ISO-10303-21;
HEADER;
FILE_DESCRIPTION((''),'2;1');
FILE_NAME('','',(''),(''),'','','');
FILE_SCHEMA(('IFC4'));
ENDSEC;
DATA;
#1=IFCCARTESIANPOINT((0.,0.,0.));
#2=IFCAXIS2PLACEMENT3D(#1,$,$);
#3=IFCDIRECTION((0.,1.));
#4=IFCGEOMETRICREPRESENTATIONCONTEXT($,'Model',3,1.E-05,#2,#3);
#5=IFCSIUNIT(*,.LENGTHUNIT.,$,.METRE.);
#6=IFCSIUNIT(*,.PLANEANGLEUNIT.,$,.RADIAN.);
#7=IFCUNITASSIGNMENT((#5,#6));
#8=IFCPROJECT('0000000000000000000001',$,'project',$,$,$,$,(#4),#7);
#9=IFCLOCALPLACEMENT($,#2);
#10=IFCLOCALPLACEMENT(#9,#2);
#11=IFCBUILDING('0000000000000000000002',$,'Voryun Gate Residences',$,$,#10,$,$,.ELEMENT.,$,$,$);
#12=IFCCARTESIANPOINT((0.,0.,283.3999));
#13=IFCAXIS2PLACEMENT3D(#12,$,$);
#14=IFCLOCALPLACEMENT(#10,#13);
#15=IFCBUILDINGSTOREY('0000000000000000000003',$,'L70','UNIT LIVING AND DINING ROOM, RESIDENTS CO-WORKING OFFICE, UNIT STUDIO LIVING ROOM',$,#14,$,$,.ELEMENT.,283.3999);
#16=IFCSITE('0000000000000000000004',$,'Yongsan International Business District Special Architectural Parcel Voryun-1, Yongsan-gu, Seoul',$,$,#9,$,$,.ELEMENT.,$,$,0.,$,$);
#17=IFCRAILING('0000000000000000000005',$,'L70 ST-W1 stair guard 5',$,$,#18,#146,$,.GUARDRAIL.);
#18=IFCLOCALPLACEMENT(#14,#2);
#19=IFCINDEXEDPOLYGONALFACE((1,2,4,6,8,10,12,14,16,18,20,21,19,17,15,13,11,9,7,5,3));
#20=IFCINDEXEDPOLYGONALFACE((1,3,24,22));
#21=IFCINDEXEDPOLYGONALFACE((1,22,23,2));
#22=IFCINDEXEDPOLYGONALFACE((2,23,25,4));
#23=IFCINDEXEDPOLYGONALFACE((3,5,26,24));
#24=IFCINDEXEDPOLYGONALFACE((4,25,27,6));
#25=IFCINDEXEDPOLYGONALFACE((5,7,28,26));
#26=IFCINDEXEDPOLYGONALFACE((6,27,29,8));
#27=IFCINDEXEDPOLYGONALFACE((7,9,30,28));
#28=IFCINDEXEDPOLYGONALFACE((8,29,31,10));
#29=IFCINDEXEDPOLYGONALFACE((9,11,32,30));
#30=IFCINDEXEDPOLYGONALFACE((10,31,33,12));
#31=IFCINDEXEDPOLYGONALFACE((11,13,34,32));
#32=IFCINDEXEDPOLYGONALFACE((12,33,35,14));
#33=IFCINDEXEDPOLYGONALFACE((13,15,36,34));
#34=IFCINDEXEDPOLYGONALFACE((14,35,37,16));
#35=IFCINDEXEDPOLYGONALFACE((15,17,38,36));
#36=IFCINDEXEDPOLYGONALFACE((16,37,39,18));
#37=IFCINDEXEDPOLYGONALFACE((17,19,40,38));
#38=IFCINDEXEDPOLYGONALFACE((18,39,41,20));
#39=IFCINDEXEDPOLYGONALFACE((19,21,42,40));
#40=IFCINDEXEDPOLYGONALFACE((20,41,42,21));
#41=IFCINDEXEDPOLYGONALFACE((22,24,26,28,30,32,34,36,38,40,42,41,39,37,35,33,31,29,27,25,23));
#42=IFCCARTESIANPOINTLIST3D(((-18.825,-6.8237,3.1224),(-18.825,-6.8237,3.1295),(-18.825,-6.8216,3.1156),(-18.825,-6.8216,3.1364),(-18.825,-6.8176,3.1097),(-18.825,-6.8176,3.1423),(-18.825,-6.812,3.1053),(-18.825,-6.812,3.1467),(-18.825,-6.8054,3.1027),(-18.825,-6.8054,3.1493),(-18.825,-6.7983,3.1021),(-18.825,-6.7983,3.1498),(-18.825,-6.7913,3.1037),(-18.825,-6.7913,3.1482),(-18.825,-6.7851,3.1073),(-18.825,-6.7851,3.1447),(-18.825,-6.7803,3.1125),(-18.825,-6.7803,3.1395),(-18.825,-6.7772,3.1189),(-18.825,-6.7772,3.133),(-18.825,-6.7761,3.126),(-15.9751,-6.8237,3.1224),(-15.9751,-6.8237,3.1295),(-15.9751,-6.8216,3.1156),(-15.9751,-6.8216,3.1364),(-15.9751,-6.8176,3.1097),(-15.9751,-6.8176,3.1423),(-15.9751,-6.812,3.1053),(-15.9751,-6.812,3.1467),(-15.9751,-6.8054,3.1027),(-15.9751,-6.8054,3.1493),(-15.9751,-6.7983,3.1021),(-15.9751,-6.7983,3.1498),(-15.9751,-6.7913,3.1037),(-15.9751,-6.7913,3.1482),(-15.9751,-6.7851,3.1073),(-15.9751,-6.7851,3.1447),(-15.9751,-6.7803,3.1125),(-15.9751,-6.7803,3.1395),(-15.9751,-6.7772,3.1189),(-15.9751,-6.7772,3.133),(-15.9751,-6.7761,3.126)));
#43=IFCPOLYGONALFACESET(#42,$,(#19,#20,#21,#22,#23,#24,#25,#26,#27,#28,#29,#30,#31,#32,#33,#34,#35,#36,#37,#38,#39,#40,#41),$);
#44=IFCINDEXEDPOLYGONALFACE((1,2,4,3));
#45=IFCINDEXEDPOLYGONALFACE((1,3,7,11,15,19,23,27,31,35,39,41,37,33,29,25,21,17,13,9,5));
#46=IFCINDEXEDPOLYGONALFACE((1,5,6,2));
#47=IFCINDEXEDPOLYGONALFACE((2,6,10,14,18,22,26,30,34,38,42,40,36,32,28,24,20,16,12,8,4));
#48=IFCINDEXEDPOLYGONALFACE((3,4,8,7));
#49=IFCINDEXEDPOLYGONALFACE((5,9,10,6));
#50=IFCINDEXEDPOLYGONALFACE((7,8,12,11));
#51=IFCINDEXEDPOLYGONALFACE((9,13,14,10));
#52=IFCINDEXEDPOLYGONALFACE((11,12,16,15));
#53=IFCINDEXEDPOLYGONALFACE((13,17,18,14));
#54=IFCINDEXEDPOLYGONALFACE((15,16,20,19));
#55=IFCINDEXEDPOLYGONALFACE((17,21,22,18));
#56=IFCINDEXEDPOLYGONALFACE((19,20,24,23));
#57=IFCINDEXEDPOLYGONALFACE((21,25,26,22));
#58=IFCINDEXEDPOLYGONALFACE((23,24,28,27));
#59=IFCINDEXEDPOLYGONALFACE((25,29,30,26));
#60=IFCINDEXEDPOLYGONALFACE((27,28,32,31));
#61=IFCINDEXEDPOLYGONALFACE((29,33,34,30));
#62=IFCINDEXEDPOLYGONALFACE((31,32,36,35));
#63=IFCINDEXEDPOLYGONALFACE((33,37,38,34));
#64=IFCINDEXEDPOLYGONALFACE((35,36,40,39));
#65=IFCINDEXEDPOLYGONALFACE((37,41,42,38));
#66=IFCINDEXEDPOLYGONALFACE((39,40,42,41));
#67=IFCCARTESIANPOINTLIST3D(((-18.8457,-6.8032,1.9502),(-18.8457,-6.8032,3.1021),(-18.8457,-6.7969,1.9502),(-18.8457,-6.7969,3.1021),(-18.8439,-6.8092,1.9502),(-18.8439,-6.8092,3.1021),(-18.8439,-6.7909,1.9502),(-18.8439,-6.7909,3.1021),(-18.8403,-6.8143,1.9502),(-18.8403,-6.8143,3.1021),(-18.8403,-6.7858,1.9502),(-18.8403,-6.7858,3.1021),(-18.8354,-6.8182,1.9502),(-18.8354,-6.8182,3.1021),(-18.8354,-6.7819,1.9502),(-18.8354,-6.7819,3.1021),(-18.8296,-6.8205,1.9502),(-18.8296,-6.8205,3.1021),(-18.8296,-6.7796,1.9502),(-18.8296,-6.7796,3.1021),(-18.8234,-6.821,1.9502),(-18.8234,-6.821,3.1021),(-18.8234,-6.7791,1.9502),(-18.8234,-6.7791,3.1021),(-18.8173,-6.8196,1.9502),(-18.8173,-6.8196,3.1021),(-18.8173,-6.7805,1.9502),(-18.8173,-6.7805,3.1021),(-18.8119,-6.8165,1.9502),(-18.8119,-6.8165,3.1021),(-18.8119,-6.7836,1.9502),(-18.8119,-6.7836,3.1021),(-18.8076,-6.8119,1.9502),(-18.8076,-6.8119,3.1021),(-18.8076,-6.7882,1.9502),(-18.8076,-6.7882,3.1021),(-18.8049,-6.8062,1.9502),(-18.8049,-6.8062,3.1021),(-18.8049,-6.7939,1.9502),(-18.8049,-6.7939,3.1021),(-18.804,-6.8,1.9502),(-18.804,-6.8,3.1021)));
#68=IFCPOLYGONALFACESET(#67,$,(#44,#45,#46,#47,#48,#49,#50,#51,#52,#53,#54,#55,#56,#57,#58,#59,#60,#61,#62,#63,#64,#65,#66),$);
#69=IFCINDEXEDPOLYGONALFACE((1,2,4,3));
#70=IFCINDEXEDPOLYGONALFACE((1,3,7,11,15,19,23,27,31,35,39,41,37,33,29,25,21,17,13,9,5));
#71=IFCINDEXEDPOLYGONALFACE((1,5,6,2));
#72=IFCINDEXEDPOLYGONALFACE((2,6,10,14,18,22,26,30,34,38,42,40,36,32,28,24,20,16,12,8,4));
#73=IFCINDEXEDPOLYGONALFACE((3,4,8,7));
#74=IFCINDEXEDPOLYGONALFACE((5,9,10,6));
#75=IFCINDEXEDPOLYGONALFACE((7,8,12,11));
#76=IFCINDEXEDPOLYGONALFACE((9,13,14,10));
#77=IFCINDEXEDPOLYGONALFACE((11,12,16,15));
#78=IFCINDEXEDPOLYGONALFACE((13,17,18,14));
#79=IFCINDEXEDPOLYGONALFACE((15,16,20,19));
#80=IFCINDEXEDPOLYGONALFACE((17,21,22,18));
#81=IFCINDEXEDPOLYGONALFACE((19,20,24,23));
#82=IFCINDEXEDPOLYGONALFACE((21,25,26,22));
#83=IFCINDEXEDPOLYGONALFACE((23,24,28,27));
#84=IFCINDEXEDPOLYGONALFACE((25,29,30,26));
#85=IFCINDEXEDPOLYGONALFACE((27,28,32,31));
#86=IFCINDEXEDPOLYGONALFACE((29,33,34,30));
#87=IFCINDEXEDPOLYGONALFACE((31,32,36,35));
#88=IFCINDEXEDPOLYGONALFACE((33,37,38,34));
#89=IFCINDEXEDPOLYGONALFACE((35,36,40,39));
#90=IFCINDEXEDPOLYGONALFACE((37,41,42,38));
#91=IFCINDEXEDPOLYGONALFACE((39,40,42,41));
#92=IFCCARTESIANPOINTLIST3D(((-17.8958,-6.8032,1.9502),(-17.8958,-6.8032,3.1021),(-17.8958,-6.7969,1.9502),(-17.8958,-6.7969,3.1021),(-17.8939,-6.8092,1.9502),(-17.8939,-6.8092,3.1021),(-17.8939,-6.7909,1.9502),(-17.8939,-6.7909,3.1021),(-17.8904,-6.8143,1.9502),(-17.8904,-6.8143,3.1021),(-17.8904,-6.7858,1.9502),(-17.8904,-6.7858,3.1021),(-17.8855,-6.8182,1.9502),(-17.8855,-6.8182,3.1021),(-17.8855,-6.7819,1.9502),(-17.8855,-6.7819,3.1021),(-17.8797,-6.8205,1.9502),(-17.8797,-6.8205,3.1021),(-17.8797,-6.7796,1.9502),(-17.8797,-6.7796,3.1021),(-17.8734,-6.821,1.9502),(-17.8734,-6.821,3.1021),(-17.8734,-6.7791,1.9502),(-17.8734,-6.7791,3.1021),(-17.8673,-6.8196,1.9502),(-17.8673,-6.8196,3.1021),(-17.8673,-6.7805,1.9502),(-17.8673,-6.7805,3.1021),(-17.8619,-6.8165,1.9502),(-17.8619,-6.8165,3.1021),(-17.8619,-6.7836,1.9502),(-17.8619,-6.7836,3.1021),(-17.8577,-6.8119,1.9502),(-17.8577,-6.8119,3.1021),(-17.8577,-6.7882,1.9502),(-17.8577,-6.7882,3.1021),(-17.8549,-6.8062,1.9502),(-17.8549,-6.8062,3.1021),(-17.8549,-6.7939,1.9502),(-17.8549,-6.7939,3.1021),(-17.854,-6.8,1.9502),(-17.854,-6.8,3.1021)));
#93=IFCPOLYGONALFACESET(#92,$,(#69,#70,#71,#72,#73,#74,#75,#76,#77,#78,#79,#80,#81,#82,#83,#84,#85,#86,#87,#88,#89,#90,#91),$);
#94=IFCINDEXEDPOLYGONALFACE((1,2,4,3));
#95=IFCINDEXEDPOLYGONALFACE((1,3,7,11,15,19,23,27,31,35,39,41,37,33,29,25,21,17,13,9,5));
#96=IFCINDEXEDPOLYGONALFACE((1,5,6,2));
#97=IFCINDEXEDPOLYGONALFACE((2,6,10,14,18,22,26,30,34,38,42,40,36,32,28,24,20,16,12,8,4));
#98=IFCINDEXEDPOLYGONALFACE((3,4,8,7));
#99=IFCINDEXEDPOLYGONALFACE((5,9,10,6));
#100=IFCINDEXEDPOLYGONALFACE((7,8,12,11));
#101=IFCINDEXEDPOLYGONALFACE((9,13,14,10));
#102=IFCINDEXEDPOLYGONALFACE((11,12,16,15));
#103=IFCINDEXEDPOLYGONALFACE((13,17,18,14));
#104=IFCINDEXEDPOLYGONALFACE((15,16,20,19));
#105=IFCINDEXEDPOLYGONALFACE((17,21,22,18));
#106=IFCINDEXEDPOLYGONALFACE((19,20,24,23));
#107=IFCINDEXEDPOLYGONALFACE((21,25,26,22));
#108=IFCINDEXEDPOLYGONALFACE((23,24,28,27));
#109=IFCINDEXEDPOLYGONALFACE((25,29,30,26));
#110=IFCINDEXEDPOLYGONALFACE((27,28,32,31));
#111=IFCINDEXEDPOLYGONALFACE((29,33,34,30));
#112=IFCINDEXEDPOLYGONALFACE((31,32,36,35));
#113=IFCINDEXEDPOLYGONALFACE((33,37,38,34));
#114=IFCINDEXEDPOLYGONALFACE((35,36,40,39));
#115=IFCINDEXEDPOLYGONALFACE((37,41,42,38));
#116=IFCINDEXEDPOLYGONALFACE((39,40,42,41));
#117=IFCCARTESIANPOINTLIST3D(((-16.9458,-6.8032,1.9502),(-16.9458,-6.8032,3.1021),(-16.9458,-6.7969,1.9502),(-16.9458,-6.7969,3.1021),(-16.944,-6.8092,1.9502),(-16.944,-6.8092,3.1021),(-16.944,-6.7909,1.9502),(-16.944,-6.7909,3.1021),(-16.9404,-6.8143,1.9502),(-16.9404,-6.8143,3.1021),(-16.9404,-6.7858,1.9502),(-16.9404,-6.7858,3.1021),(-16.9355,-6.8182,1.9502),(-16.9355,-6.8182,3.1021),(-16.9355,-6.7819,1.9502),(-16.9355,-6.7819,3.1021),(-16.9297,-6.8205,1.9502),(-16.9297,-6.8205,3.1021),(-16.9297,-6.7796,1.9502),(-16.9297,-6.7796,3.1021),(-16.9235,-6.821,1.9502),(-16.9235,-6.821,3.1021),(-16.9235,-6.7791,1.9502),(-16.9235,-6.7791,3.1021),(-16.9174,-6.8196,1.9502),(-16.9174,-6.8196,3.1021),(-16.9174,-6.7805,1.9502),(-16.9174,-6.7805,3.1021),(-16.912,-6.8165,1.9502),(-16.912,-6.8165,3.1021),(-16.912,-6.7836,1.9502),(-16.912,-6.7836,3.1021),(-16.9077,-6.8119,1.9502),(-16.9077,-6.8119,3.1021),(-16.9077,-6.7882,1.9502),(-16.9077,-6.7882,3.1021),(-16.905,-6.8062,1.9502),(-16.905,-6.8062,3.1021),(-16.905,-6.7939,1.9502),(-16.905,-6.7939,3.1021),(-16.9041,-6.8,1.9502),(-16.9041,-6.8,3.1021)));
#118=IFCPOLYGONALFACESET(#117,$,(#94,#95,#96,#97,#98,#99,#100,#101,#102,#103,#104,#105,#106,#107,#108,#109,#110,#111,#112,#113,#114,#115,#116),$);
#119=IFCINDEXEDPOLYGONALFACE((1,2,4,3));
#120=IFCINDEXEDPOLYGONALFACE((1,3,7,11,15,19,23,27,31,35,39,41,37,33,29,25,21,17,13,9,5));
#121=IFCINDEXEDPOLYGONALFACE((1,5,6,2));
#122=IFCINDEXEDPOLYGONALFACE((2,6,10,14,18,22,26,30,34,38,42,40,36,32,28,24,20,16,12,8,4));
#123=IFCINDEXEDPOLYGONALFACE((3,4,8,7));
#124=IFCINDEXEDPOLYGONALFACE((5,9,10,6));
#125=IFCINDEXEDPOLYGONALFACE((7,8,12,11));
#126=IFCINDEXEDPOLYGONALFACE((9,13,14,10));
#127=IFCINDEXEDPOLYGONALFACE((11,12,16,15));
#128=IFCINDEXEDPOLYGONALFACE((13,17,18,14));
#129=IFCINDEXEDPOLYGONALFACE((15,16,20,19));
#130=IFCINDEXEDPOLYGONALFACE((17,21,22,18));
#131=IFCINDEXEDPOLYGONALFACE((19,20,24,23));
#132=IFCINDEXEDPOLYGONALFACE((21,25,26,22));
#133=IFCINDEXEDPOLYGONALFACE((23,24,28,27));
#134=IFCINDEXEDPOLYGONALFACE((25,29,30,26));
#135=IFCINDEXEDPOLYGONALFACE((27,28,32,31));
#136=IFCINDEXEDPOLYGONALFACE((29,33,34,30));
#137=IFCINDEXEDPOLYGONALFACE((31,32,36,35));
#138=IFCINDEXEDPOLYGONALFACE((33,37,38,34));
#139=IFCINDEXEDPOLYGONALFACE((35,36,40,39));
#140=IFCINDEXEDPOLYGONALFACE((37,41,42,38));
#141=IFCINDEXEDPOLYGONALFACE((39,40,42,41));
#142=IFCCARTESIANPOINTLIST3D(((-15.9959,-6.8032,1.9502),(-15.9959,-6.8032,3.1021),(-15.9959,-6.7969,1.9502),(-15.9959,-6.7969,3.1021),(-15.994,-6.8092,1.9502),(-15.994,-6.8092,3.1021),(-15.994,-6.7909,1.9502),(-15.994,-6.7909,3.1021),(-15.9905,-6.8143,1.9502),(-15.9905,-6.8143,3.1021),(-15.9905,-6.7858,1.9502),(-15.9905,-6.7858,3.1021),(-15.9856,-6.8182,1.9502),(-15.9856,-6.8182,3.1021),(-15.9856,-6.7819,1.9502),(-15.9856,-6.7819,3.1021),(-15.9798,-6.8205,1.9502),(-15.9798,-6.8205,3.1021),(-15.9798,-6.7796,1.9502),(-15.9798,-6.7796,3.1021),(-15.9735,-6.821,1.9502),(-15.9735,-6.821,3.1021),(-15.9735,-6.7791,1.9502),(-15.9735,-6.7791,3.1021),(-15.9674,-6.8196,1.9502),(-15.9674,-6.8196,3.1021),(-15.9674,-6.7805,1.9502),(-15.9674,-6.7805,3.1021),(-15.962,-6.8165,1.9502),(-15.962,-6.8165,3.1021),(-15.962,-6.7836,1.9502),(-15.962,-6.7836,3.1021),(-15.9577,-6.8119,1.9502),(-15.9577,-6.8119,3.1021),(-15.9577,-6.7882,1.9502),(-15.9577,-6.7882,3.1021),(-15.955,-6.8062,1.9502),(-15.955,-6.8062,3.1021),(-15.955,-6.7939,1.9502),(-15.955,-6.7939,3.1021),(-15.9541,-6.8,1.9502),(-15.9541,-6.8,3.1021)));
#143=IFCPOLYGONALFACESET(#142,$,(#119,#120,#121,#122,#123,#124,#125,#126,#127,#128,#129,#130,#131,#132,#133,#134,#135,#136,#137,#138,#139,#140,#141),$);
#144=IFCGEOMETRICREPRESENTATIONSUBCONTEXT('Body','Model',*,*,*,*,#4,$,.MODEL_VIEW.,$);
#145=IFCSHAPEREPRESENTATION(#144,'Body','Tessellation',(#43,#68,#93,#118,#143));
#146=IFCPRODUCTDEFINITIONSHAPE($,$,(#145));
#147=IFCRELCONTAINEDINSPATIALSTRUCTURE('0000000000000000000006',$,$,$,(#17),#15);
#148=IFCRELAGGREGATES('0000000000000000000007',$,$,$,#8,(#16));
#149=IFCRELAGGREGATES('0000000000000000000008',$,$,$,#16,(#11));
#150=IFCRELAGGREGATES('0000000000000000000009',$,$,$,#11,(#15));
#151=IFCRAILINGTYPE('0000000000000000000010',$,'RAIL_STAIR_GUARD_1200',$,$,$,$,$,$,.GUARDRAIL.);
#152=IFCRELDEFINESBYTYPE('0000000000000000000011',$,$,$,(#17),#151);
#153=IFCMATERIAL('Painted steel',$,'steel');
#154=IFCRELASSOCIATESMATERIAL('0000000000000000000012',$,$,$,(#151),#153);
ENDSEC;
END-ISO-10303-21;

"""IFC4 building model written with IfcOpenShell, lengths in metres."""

from ifc_helpers import new_model, si_unit, direction, frame, origin, origin_2d, place, context, subcontext, project, spatial, circle, extrude, material, type_object, element, save


model = new_model("IFC4")

# Units and contexts
model_context = context("Model", 3, precision=1e-05, world=origin(), true_north=direction((0.0, 1.0)))
body_context = subcontext(model_context, "Body", "Model", "MODEL_VIEW")
ifc_project = project(units=[si_unit("LENGTHUNIT", "METRE"), si_unit("PLANEANGLEUNIT", "RADIAN")], contexts=[model_context])

# Site, building, storey
site_placement = place(None, origin())
site = spatial("IfcSite", under=ifc_project, at=site_placement, Name="Yongsan International Business District Special Architectural Parcel Voryun-1, Yongsan-gu, Seoul", CompositionType="ELEMENT", RefElevation=0.0)
building_placement = place(site_placement, origin())
building = spatial("IfcBuilding", under=site, at=building_placement, Name="Voryun Gate Residences", CompositionType="ELEMENT")
storey_placement = place(building_placement, frame((0.0, 0.0, 283.3999)))
storey = spatial("IfcBuildingStorey", under=building, at=storey_placement, Name="L70", Description="UNIT LIVING AND DINING ROOM, RESIDENTS CO-WORKING OFFICE, UNIT STUDIO LIVING ROOM", CompositionType="ELEMENT", Elevation=283.3999)

# Railing
ifc_material_1 = material(Name="Painted steel", Category="steel")
railing_type_1 = type_object("IfcRailingType", Name="RAIL_STAIR_GUARD_1200", PredefinedType="GUARDRAIL", material=ifc_material_1)
railing_1_placement = place(storey_placement, frame((-18.825, -6.8, 1.9502)))
element("IfcRailing", 1, at=railing_1_placement, inside=storey, type_object=railing_type_1, Name="L70 ST-W1 stair guard 5", PredefinedType="GUARDRAIL", context=body_context, shape_type="SweptSolid", body=[
    extrude(circle(Radius=0.0239, at=origin_2d()), frame((0.0, 0.0, 1.1758), z_axis=(1.0, 0.0, 0.0), x_axis=(0.0, 1.0, 0.0)), (0.0, 0.0, 1.0), 2.8499),
    extrude(circle(Radius=0.021, at=origin_2d()), origin(), (0.0, 0.0, 1.0), 1.1519),
    extrude(circle(Radius=0.021, at=origin_2d()), frame((0.95, 0.0, 0.0)), (0.0, 0.0, 1.0), 1.1519),
    extrude(circle(Radius=0.021, at=origin_2d()), frame((1.8999, 0.0, 0.0)), (0.0, 0.0, 1.0), 1.1519),
    extrude(circle(Radius=0.021, at=origin_2d()), frame((2.8499, 0.0, 0.0)), (0.0, 0.0, 1.0), 1.1519),
])

save(model, "model.ifc")
